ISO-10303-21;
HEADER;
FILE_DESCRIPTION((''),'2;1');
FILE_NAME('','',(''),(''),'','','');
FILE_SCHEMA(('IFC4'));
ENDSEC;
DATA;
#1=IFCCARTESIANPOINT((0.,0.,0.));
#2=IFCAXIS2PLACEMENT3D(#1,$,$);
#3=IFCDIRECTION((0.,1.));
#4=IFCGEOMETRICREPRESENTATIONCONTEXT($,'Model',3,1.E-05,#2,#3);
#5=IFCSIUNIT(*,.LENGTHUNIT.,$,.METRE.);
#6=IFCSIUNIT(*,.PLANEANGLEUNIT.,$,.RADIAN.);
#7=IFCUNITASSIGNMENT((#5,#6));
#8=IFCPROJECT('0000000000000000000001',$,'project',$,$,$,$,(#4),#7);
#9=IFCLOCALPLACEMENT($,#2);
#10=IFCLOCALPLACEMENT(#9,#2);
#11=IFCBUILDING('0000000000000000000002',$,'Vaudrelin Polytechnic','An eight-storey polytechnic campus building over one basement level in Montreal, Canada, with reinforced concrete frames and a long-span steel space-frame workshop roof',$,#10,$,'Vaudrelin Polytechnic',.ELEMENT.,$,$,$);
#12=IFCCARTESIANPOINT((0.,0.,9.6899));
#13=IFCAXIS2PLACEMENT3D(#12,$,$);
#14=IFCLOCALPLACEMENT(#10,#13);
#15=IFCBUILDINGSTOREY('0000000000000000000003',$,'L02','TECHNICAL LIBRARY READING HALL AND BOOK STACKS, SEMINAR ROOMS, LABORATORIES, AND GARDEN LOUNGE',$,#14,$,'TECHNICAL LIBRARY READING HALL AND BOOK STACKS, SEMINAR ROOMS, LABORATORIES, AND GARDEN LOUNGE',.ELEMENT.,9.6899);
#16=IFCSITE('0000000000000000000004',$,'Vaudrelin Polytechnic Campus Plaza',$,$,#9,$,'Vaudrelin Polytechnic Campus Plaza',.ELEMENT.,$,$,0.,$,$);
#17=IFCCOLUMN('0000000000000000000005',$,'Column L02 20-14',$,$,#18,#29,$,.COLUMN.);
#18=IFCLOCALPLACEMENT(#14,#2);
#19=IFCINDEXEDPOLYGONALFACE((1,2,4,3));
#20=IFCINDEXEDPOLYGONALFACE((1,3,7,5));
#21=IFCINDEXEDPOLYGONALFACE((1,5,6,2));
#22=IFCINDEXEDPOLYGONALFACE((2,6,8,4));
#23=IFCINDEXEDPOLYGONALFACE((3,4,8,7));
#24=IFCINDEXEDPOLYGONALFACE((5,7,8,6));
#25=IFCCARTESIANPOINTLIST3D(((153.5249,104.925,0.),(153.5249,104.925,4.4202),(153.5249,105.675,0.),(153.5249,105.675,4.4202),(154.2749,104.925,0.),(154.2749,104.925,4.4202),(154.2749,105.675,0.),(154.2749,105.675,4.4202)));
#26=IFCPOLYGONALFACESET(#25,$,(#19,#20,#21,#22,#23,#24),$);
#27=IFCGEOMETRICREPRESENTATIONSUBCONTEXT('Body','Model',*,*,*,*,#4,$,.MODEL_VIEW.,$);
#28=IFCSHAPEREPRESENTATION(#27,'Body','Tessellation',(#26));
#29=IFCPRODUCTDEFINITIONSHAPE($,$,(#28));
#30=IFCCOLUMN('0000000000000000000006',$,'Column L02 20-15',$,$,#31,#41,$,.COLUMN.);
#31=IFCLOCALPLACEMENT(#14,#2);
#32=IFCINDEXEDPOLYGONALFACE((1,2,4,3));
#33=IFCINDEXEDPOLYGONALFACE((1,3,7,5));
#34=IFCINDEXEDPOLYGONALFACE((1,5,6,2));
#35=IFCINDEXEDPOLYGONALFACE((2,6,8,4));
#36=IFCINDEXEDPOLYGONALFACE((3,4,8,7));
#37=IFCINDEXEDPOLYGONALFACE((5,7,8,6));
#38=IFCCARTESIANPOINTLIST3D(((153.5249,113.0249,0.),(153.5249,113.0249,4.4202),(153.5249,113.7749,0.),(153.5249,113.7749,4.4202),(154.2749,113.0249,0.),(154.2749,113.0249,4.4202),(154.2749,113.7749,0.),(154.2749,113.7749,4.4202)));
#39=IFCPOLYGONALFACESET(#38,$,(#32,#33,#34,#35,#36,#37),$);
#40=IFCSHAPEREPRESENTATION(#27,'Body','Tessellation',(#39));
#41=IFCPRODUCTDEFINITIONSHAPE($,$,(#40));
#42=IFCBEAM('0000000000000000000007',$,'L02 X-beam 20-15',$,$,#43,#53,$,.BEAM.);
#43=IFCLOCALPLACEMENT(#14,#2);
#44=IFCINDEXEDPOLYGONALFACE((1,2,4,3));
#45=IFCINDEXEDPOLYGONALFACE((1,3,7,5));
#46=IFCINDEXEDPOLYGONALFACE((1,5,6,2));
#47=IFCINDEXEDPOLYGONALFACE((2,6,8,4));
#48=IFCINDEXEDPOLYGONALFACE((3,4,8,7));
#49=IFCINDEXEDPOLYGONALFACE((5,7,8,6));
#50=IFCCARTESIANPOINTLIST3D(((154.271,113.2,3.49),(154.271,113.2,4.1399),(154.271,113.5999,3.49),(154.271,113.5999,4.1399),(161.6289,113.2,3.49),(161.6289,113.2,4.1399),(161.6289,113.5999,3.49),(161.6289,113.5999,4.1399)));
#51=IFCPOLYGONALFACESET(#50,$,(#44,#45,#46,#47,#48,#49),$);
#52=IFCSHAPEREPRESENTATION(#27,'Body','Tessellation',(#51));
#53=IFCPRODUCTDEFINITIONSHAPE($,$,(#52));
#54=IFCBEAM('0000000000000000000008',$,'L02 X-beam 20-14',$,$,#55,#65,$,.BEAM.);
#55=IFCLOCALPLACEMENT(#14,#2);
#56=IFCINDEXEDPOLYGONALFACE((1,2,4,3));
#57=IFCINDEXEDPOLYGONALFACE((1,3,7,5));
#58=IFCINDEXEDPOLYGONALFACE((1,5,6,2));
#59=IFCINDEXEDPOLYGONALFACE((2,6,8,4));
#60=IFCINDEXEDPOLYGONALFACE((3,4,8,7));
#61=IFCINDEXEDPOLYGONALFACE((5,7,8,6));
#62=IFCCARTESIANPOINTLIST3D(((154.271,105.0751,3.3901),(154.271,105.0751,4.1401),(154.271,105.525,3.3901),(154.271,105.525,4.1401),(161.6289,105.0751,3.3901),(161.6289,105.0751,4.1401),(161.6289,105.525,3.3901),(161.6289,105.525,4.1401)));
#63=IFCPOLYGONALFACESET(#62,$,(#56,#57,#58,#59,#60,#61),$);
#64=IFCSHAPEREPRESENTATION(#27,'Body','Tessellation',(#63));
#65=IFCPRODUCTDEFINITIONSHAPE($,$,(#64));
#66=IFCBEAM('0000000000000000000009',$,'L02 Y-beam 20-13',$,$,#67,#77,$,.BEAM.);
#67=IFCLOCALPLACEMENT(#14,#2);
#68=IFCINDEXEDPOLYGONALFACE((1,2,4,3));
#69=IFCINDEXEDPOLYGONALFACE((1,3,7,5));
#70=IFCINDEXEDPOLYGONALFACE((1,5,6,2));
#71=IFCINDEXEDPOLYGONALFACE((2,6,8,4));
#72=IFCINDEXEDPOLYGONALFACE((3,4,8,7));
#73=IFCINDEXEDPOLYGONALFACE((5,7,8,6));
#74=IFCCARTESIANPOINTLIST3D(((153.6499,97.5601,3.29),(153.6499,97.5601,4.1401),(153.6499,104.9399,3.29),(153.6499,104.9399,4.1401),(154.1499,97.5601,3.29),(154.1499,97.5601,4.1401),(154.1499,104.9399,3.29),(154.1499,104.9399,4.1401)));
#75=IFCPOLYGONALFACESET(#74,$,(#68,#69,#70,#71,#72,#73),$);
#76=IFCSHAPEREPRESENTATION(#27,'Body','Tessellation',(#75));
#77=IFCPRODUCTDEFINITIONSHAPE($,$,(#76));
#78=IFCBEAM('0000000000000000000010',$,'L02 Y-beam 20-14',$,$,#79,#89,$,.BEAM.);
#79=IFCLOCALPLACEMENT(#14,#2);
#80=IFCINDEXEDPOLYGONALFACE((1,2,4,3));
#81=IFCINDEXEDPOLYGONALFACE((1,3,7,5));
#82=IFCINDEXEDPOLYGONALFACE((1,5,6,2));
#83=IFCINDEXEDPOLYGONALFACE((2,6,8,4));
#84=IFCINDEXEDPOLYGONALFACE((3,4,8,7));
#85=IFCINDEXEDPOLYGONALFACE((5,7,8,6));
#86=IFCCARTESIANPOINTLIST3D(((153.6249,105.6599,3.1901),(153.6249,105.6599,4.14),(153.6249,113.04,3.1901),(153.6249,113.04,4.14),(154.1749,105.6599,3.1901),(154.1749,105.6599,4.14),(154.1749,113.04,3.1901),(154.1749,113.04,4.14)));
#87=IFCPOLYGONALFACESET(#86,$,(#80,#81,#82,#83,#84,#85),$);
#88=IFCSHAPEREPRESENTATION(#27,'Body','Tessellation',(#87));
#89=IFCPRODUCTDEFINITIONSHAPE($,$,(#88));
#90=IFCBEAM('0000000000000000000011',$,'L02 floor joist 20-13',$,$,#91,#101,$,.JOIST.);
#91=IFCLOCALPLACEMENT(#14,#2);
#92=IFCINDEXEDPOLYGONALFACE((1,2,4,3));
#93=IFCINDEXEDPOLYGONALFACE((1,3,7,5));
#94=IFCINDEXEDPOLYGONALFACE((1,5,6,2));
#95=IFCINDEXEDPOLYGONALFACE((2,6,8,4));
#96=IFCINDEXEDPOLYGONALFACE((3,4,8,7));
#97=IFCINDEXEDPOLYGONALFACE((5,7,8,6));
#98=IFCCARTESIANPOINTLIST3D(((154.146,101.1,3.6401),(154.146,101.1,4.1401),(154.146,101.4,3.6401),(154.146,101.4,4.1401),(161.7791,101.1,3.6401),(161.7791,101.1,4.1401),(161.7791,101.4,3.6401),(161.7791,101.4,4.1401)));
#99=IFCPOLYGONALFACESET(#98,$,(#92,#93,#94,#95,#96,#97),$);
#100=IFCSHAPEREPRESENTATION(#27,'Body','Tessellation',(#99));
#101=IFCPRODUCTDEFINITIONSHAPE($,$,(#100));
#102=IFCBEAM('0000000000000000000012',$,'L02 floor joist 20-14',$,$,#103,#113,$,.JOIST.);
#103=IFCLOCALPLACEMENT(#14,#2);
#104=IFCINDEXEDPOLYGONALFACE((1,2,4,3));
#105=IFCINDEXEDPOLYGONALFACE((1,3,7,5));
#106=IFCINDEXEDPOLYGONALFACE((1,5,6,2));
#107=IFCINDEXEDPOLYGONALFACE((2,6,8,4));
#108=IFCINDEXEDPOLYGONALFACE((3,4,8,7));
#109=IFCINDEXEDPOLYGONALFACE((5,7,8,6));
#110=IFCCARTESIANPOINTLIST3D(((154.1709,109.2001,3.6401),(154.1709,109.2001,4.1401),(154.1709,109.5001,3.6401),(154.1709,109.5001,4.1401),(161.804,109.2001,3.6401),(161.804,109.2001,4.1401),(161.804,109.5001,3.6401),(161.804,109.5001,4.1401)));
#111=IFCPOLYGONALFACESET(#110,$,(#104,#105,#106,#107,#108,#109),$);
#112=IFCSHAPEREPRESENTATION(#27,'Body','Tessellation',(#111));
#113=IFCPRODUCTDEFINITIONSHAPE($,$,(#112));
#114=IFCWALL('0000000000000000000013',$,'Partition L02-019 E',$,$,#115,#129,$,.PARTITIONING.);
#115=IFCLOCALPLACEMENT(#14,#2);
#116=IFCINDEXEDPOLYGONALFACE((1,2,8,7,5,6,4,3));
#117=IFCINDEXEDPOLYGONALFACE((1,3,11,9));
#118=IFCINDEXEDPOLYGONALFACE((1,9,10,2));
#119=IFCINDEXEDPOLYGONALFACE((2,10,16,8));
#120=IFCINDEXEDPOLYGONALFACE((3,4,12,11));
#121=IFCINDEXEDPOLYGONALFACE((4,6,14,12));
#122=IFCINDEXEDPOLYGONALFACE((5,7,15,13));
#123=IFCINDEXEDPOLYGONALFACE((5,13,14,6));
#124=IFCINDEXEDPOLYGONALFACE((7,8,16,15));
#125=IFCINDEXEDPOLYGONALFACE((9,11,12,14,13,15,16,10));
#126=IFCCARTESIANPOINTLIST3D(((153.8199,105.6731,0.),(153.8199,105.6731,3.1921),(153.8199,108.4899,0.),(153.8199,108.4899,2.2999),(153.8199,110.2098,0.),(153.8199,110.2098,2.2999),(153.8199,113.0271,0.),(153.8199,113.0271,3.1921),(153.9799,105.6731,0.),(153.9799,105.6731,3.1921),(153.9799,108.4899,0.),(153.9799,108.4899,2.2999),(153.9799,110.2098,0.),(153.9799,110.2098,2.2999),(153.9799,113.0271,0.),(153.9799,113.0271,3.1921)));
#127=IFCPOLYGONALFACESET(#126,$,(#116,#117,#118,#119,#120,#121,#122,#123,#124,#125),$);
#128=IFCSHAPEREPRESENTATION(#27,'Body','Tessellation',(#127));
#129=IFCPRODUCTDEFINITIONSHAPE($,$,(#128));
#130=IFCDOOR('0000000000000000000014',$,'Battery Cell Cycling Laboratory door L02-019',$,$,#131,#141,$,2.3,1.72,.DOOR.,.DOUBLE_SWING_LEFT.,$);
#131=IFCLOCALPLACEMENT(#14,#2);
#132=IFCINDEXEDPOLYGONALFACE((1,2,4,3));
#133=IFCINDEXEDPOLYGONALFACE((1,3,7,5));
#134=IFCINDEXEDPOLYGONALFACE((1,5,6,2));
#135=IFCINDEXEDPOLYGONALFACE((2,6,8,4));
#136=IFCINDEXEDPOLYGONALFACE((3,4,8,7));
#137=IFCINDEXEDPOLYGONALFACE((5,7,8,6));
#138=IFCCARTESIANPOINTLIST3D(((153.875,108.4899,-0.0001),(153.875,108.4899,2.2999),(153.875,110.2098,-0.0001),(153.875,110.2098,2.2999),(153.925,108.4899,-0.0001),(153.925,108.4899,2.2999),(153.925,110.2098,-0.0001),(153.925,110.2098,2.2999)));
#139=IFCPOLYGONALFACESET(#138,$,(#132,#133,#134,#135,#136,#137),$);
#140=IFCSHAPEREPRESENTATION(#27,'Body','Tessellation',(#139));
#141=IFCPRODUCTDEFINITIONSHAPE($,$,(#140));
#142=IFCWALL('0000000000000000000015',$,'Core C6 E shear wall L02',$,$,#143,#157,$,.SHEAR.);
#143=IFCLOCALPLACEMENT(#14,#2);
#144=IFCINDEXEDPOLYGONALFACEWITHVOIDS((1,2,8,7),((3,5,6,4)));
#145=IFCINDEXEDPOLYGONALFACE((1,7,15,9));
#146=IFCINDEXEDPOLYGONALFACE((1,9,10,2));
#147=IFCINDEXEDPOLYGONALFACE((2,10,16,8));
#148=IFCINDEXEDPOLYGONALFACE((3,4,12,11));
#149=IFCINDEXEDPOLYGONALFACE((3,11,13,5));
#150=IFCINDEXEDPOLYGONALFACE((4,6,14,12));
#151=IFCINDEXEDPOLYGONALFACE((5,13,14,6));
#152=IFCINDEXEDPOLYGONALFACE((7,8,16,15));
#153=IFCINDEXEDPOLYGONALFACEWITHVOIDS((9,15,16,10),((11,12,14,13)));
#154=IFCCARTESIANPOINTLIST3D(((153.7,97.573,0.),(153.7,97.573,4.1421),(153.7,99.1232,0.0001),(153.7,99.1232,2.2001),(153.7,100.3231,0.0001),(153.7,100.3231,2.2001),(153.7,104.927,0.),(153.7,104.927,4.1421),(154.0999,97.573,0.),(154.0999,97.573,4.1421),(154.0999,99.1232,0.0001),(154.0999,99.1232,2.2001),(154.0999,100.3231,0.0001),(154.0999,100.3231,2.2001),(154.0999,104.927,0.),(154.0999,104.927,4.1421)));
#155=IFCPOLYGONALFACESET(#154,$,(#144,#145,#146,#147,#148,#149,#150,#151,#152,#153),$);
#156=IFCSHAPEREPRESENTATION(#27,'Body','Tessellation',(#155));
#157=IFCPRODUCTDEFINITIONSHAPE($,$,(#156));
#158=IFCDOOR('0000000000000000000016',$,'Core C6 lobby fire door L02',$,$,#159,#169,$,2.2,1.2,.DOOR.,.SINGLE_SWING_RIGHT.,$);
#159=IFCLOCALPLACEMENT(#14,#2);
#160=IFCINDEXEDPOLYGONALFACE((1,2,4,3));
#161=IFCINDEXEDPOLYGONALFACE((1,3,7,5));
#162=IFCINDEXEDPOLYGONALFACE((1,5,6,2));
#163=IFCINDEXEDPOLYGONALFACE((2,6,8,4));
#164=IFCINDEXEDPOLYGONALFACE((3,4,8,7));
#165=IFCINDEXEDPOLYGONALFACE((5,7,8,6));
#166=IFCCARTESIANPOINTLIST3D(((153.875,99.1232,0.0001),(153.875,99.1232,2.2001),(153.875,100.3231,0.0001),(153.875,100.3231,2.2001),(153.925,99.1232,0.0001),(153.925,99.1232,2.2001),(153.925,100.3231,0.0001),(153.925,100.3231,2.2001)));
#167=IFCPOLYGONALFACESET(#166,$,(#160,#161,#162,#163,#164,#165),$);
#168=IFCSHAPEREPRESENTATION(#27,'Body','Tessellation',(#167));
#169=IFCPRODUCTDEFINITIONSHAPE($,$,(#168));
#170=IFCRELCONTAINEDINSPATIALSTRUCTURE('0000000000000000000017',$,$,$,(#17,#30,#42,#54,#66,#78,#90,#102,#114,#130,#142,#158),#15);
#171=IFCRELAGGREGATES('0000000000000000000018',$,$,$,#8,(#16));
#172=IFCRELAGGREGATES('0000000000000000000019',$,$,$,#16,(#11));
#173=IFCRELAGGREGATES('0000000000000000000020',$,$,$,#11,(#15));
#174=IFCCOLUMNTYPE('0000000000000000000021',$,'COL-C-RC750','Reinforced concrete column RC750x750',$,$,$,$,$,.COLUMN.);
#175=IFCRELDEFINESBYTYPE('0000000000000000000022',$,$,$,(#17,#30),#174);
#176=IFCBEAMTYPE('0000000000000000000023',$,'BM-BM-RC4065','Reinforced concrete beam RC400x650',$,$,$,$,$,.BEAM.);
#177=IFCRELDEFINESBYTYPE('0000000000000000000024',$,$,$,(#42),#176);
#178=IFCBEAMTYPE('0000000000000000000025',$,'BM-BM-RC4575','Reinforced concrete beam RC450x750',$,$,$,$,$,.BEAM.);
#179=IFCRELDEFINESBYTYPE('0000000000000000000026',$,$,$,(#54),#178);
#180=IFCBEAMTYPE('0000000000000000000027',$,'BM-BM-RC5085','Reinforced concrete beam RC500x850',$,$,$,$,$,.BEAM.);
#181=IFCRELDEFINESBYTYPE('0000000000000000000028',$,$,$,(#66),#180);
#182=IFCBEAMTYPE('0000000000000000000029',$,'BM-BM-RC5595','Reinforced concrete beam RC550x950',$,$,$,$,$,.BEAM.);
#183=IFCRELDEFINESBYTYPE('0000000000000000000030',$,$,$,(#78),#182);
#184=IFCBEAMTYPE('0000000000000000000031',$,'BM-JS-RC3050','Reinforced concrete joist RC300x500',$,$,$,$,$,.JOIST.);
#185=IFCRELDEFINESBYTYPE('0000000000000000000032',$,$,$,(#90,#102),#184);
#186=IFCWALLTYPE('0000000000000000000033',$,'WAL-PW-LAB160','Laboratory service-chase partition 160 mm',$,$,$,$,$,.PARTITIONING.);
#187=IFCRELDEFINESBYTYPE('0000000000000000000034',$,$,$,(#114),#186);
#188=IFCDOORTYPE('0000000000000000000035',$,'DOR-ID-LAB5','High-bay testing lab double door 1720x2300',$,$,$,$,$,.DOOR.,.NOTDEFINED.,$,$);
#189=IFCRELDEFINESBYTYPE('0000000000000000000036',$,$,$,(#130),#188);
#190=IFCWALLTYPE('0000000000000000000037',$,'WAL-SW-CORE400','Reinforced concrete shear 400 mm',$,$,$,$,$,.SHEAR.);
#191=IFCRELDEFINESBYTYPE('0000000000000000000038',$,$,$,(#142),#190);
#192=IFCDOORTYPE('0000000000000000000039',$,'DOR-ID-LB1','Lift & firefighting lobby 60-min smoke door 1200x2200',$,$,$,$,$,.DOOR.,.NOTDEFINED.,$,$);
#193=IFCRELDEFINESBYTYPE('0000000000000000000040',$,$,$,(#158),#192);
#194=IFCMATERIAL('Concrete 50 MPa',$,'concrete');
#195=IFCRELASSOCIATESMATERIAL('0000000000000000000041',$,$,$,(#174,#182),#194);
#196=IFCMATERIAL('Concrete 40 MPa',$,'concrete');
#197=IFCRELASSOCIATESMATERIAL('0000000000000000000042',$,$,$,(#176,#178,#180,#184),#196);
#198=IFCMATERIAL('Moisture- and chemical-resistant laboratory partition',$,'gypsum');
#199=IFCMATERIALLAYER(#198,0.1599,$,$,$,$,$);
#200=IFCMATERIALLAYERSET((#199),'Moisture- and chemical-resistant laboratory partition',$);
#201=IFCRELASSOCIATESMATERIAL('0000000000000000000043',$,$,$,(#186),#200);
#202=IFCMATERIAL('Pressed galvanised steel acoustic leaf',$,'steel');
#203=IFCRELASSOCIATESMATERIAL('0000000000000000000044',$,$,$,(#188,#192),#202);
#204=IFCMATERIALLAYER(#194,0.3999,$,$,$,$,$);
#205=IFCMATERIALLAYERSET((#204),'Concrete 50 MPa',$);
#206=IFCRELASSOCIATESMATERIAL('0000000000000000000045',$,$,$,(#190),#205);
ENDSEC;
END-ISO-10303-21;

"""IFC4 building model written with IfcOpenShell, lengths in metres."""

from ifc_helpers import new_model, si_unit, direction, frame, frame_2d, origin, origin_2d, place, context, subcontext, project, spatial, rectangle, extrude, material, layer, layer_set, material_profile, profile_set, type_object, element, fill, save


model = new_model("IFC4")

# Units and contexts
model_context = context("Model", 3, precision=1e-05, world=origin(), true_north=direction((0.0, 1.0)))
body_context = subcontext(model_context, "Body", "Model", "MODEL_VIEW")
ifc_project = project(units=[si_unit("LENGTHUNIT", "METRE"), si_unit("PLANEANGLEUNIT", "RADIAN")], contexts=[model_context])

# Site, building, storey
site_placement = place(None, origin())
site = spatial("IfcSite", under=ifc_project, at=site_placement, Name="Vaudrelin Polytechnic Campus Plaza", LongName="Vaudrelin Polytechnic Campus Plaza", CompositionType="ELEMENT", RefElevation=0.0)
building_placement = place(site_placement, origin())
building = spatial("IfcBuilding", under=site, at=building_placement, Name="Vaudrelin Polytechnic", Description="An eight-storey polytechnic campus building over one basement level in Montreal, Canada, with reinforced concrete frames and a long-span steel space-frame workshop roof", LongName="Vaudrelin Polytechnic", CompositionType="ELEMENT")
storey_placement = place(building_placement, frame((0.0, 0.0, 9.6899)))
storey = spatial("IfcBuildingStorey", under=building, at=storey_placement, Name="L02", Description="TECHNICAL LIBRARY READING HALL AND BOOK STACKS, SEMINAR ROOMS, LABORATORIES, AND GARDEN LOUNGE", LongName="TECHNICAL LIBRARY READING HALL AND BOOK STACKS, SEMINAR ROOMS, LABORATORIES, AND GARDEN LOUNGE", CompositionType="ELEMENT", Elevation=9.6899)

# Columns
ifc_material_1 = material(Name="Concrete 50 MPa", Category="concrete")
ifc_material_profile_1 = material_profile(ifc_material_1, rectangle(XDim=0.75, YDim=0.75, at=origin_2d()), Name="RC750x750")
ifc_profile_set_1 = profile_set([ifc_material_profile_1], Name="Concrete 50 MPa")
column_type = type_object("IfcColumnType", Name="COL-C-RC750", Description="Reinforced concrete column RC750x750", PredefinedType="COLUMN", material=ifc_profile_set_1)
for number, where, z_axis, x_axis, name in (
    (1, (153.8999, 105.3, 0.0), (0.0, 0.0, 1.0), (1.0, 0.0, 0.0), "Column L02 20-14"),
    (2, (153.8999, 113.3999, 0.0), (0.0, 0.0, 1.0), (1.0, 0.0, 0.0), "Column L02 20-15"),
):
    element("IfcColumn", number, at=place(storey_placement, frame(where, z_axis=z_axis, x_axis=x_axis)), inside=storey, type_object=column_type, Name=name, PredefinedType="COLUMN", context=body_context, shape_type="SweptSolid", body=[
        extrude(rectangle(XDim=0.75, YDim=0.75, at=origin_2d()), origin(), (0.0, 0.0, 1.0), 4.4202),
    ])

# Beams
ifc_material_2 = material(Name="Concrete 40 MPa", Category="concrete")
ifc_material_profile_2 = material_profile(ifc_material_2, rectangle(XDim=0.3999, YDim=0.6499, at=origin_2d()), Name="RC400x650")
ifc_profile_set_2 = profile_set([ifc_material_profile_2], Name="Concrete 40 MPa")
beam_type_1 = type_object("IfcBeamType", Name="BM-BM-RC4065", Description="Reinforced concrete beam RC400x650", PredefinedType="BEAM", material=ifc_profile_set_2)
beam_1_placement = place(storey_placement, frame((154.271, 113.3999, 3.8149), z_axis=(1.0, 0.0, 0.0), x_axis=(0.0, 1.0, 0.0)))
element("IfcBeam", 3, at=beam_1_placement, inside=storey, type_object=beam_type_1, Name="L02 X-beam 20-15", PredefinedType="BEAM", context=body_context, shape_type="SweptSolid", body=[
    extrude(rectangle(XDim=0.3999, YDim=0.6499, at=origin_2d()), origin(), (0.0, 0.0, 1.0), 7.3579),
])
ifc_material_profile_3 = material_profile(ifc_material_2, rectangle(XDim=0.45, YDim=0.75, at=origin_2d()), Name="RC450x750")
ifc_profile_set_3 = profile_set([ifc_material_profile_3], Name="Concrete 40 MPa")
beam_type_2 = type_object("IfcBeamType", Name="BM-BM-RC4575", Description="Reinforced concrete beam RC450x750", PredefinedType="BEAM", material=ifc_profile_set_3)
beam_2_placement = place(storey_placement, frame((154.271, 105.3, 3.7651), z_axis=(1.0, 0.0, 0.0), x_axis=(0.0, 1.0, 0.0)))
element("IfcBeam", 4, at=beam_2_placement, inside=storey, type_object=beam_type_2, Name="L02 X-beam 20-14", PredefinedType="BEAM", context=body_context, shape_type="SweptSolid", body=[
    extrude(rectangle(XDim=0.45, YDim=0.75, at=origin_2d()), origin(), (0.0, 0.0, 1.0), 7.3579),
])
ifc_material_profile_4 = material_profile(ifc_material_2, rectangle(XDim=0.5, YDim=0.8501, at=origin_2d()), Name="RC500x850")
ifc_profile_set_4 = profile_set([ifc_material_profile_4], Name="Concrete 40 MPa")
beam_type_3 = type_object("IfcBeamType", Name="BM-BM-RC5085", Description="Reinforced concrete beam RC500x850", PredefinedType="BEAM", material=ifc_profile_set_4)
beam_3_placement = place(storey_placement, frame((153.8999, 97.5601, 3.7151), z_axis=(0.0, 1.0, 0.0), x_axis=(-1.0, 0.0, 0.0)))
element("IfcBeam", 5, at=beam_3_placement, inside=storey, type_object=beam_type_3, Name="L02 Y-beam 20-13", PredefinedType="BEAM", context=body_context, shape_type="SweptSolid", body=[
    extrude(rectangle(XDim=0.5, YDim=0.8501, at=origin_2d()), origin(), (0.0, 0.0, 1.0), 7.3799),
])
ifc_material_profile_5 = material_profile(ifc_material_1, rectangle(XDim=0.55, YDim=0.95, at=origin_2d()), Name="RC550x950")
ifc_profile_set_5 = profile_set([ifc_material_profile_5], Name="Concrete 50 MPa")
beam_type_4 = type_object("IfcBeamType", Name="BM-BM-RC5595", Description="Reinforced concrete beam RC550x950", PredefinedType="BEAM", material=ifc_profile_set_5)
beam_4_placement = place(storey_placement, frame((153.8999, 105.6599, 3.665), z_axis=(0.0, 1.0, 0.0), x_axis=(-1.0, 0.0, 0.0)))
element("IfcBeam", 6, at=beam_4_placement, inside=storey, type_object=beam_type_4, Name="L02 Y-beam 20-14", PredefinedType="BEAM", context=body_context, shape_type="SweptSolid", body=[
    extrude(rectangle(XDim=0.55, YDim=0.95, at=origin_2d()), origin(), (0.0, 0.0, 1.0), 7.3801),
])
ifc_material_profile_6 = material_profile(ifc_material_2, rectangle(XDim=0.3, YDim=0.5, at=origin_2d()), Name="RC300x500")
ifc_profile_set_6 = profile_set([ifc_material_profile_6], Name="Concrete 40 MPa")
beam_type_5 = type_object("IfcBeamType", Name="BM-JS-RC3050", Description="Reinforced concrete joist RC300x500", PredefinedType="JOIST", material=ifc_profile_set_6)
for number, where, z_axis, x_axis, name in (
    (7, (154.146, 101.25, 3.8901), (1.0, 0.0, 0.0), (0.0, 1.0, 0.0), "L02 floor joist 20-13"),
    (8, (154.1709, 109.3501, 3.8901), (1.0, 0.0, 0.0), (0.0, 1.0, 0.0), "L02 floor joist 20-14"),
):
    element("IfcBeam", number, at=place(storey_placement, frame(where, z_axis=z_axis, x_axis=x_axis)), inside=storey, type_object=beam_type_5, Name=name, PredefinedType="JOIST", context=body_context, shape_type="SweptSolid", body=[
        extrude(rectangle(XDim=0.3, YDim=0.5, at=origin_2d()), origin(), (0.0, 0.0, 1.0), 7.6331),
    ])

# Walls, openings, doors
ifc_material_3 = material(Name="Pressed galvanised steel acoustic leaf", Category="steel")
ifc_material_4 = material(Name="Moisture- and chemical-resistant laboratory partition", Category="gypsum")
ifc_layer_1 = layer(ifc_material_4, 0.1599)
ifc_layer_set_1 = layer_set([ifc_layer_1], Name="Moisture- and chemical-resistant laboratory partition")
wall_type_1 = type_object("IfcWallType", Name="WAL-PW-LAB160", Description="Laboratory service-chase partition 160 mm", PredefinedType="PARTITIONING", material=ifc_layer_set_1)
wall_1_placement = place(storey_placement, frame((153.8999, 105.6731, 0.0), z_axis=(0.0, 0.0, 1.0), x_axis=(0.0, 1.0, 0.0)))
wall_1 = element("IfcWall", 9, at=wall_1_placement, inside=storey, type_object=wall_type_1, Name="Partition L02-019 E", PredefinedType="PARTITIONING", context=body_context, shape_type="SweptSolid", body=[
    extrude(rectangle(XDim=7.354, YDim=0.1599, at=frame_2d((3.677, 0.0))), origin(), (0.0, 0.0, 1.0), 3.1921),
])
opening_1_placement = place(wall_1_placement, frame((2.8169, 0.0, 0.0)))
opening_1 = element("IfcOpeningElement", 10, at=opening_1_placement, cuts=wall_1, PredefinedType="OPENING", context=body_context, shape_type="SweptSolid", body=[
    extrude(rectangle(XDim=1.72, YDim=2.3, at=frame_2d((0.8599, 1.1499))), frame((0.0, 0.0898, 0.0), z_axis=(0.0, -1.0, 0.0), x_axis=(1.0, 0.0, 0.0)), (0.0, 0.0, 1.0), 0.1799),
])
door_type_1 = type_object("IfcDoorType", Name="DOR-ID-LAB5", Description="High-bay testing lab double door 1720x2300", OperationType="NOTDEFINED", PredefinedType="DOOR", material=ifc_material_3)
door_1_placement = place(opening_1_placement, origin())
door_1 = element("IfcDoor", 11, at=door_1_placement, inside=storey, type_object=door_type_1, Name="Battery Cell Cycling Laboratory door L02-019", OperationType="DOUBLE_SWING_LEFT", OverallHeight=2.3, OverallWidth=1.72, PredefinedType="DOOR", context=body_context, shape_type="SweptSolid", body=[
    extrude(rectangle(XDim=1.72, YDim=2.3, at=frame_2d((0.8599, 1.1499))), frame((0.0, 0.0249, 0.0), z_axis=(0.0, -1.0, 0.0), x_axis=(1.0, 0.0, 0.0)), (0.0, 0.0, 1.0), 0.05),
])
fill(opening_1, door_1)
ifc_layer_2 = layer(ifc_material_1, 0.3999)
ifc_layer_set_2 = layer_set([ifc_layer_2], Name="Concrete 50 MPa")
wall_type_2 = type_object("IfcWallType", Name="WAL-SW-CORE400", Description="Reinforced concrete shear 400 mm", PredefinedType="SHEAR", material=ifc_layer_set_2)
wall_2_placement = place(storey_placement, frame((153.8999, 97.573, 0.0), z_axis=(0.0, 0.0, 1.0), x_axis=(0.0, 1.0, 0.0)))
wall_2 = element("IfcWall", 12, at=wall_2_placement, inside=storey, type_object=wall_type_2, Name="Core C6 E shear wall L02", PredefinedType="SHEAR", context=body_context, shape_type="SweptSolid", body=[
    extrude(rectangle(XDim=7.354, YDim=0.3999, at=frame_2d((3.677, 0.0))), origin(), (0.0, 0.0, 1.0), 4.1421),
])
opening_2_placement = place(wall_2_placement, frame((1.55, 0.0, 0.0)))
opening_2 = element("IfcOpeningElement", 13, at=opening_2_placement, cuts=wall_2, PredefinedType="OPENING", context=body_context, shape_type="SweptSolid", body=[
    extrude(rectangle(XDim=1.2, YDim=2.2, at=frame_2d((0.6001, 1.1001))), frame((0.0, 0.21, 0.0), z_axis=(0.0, -1.0, 0.0), x_axis=(1.0, 0.0, 0.0)), (0.0, 0.0, 1.0), 0.4199),
])
door_type_2 = type_object("IfcDoorType", Name="DOR-ID-LB1", Description="Lift & firefighting lobby 60-min smoke door 1200x2200", OperationType="NOTDEFINED", PredefinedType="DOOR", material=ifc_material_3)
door_2_placement = place(opening_2_placement, origin())
door_2 = element("IfcDoor", 14, at=door_2_placement, inside=storey, type_object=door_type_2, Name="Core C6 lobby fire door L02", OperationType="SINGLE_SWING_RIGHT", OverallHeight=2.2, OverallWidth=1.2, PredefinedType="DOOR", context=body_context, shape_type="SweptSolid", body=[
    extrude(rectangle(XDim=1.2, YDim=2.2, at=frame_2d((0.6001, 1.1001))), frame((0.0, 0.0249, 0.0), z_axis=(0.0, -1.0, 0.0), x_axis=(1.0, 0.0, 0.0)), (0.0, 0.0, 1.0), 0.05),
])
fill(opening_2, door_2)

save(model, "model.ifc")
